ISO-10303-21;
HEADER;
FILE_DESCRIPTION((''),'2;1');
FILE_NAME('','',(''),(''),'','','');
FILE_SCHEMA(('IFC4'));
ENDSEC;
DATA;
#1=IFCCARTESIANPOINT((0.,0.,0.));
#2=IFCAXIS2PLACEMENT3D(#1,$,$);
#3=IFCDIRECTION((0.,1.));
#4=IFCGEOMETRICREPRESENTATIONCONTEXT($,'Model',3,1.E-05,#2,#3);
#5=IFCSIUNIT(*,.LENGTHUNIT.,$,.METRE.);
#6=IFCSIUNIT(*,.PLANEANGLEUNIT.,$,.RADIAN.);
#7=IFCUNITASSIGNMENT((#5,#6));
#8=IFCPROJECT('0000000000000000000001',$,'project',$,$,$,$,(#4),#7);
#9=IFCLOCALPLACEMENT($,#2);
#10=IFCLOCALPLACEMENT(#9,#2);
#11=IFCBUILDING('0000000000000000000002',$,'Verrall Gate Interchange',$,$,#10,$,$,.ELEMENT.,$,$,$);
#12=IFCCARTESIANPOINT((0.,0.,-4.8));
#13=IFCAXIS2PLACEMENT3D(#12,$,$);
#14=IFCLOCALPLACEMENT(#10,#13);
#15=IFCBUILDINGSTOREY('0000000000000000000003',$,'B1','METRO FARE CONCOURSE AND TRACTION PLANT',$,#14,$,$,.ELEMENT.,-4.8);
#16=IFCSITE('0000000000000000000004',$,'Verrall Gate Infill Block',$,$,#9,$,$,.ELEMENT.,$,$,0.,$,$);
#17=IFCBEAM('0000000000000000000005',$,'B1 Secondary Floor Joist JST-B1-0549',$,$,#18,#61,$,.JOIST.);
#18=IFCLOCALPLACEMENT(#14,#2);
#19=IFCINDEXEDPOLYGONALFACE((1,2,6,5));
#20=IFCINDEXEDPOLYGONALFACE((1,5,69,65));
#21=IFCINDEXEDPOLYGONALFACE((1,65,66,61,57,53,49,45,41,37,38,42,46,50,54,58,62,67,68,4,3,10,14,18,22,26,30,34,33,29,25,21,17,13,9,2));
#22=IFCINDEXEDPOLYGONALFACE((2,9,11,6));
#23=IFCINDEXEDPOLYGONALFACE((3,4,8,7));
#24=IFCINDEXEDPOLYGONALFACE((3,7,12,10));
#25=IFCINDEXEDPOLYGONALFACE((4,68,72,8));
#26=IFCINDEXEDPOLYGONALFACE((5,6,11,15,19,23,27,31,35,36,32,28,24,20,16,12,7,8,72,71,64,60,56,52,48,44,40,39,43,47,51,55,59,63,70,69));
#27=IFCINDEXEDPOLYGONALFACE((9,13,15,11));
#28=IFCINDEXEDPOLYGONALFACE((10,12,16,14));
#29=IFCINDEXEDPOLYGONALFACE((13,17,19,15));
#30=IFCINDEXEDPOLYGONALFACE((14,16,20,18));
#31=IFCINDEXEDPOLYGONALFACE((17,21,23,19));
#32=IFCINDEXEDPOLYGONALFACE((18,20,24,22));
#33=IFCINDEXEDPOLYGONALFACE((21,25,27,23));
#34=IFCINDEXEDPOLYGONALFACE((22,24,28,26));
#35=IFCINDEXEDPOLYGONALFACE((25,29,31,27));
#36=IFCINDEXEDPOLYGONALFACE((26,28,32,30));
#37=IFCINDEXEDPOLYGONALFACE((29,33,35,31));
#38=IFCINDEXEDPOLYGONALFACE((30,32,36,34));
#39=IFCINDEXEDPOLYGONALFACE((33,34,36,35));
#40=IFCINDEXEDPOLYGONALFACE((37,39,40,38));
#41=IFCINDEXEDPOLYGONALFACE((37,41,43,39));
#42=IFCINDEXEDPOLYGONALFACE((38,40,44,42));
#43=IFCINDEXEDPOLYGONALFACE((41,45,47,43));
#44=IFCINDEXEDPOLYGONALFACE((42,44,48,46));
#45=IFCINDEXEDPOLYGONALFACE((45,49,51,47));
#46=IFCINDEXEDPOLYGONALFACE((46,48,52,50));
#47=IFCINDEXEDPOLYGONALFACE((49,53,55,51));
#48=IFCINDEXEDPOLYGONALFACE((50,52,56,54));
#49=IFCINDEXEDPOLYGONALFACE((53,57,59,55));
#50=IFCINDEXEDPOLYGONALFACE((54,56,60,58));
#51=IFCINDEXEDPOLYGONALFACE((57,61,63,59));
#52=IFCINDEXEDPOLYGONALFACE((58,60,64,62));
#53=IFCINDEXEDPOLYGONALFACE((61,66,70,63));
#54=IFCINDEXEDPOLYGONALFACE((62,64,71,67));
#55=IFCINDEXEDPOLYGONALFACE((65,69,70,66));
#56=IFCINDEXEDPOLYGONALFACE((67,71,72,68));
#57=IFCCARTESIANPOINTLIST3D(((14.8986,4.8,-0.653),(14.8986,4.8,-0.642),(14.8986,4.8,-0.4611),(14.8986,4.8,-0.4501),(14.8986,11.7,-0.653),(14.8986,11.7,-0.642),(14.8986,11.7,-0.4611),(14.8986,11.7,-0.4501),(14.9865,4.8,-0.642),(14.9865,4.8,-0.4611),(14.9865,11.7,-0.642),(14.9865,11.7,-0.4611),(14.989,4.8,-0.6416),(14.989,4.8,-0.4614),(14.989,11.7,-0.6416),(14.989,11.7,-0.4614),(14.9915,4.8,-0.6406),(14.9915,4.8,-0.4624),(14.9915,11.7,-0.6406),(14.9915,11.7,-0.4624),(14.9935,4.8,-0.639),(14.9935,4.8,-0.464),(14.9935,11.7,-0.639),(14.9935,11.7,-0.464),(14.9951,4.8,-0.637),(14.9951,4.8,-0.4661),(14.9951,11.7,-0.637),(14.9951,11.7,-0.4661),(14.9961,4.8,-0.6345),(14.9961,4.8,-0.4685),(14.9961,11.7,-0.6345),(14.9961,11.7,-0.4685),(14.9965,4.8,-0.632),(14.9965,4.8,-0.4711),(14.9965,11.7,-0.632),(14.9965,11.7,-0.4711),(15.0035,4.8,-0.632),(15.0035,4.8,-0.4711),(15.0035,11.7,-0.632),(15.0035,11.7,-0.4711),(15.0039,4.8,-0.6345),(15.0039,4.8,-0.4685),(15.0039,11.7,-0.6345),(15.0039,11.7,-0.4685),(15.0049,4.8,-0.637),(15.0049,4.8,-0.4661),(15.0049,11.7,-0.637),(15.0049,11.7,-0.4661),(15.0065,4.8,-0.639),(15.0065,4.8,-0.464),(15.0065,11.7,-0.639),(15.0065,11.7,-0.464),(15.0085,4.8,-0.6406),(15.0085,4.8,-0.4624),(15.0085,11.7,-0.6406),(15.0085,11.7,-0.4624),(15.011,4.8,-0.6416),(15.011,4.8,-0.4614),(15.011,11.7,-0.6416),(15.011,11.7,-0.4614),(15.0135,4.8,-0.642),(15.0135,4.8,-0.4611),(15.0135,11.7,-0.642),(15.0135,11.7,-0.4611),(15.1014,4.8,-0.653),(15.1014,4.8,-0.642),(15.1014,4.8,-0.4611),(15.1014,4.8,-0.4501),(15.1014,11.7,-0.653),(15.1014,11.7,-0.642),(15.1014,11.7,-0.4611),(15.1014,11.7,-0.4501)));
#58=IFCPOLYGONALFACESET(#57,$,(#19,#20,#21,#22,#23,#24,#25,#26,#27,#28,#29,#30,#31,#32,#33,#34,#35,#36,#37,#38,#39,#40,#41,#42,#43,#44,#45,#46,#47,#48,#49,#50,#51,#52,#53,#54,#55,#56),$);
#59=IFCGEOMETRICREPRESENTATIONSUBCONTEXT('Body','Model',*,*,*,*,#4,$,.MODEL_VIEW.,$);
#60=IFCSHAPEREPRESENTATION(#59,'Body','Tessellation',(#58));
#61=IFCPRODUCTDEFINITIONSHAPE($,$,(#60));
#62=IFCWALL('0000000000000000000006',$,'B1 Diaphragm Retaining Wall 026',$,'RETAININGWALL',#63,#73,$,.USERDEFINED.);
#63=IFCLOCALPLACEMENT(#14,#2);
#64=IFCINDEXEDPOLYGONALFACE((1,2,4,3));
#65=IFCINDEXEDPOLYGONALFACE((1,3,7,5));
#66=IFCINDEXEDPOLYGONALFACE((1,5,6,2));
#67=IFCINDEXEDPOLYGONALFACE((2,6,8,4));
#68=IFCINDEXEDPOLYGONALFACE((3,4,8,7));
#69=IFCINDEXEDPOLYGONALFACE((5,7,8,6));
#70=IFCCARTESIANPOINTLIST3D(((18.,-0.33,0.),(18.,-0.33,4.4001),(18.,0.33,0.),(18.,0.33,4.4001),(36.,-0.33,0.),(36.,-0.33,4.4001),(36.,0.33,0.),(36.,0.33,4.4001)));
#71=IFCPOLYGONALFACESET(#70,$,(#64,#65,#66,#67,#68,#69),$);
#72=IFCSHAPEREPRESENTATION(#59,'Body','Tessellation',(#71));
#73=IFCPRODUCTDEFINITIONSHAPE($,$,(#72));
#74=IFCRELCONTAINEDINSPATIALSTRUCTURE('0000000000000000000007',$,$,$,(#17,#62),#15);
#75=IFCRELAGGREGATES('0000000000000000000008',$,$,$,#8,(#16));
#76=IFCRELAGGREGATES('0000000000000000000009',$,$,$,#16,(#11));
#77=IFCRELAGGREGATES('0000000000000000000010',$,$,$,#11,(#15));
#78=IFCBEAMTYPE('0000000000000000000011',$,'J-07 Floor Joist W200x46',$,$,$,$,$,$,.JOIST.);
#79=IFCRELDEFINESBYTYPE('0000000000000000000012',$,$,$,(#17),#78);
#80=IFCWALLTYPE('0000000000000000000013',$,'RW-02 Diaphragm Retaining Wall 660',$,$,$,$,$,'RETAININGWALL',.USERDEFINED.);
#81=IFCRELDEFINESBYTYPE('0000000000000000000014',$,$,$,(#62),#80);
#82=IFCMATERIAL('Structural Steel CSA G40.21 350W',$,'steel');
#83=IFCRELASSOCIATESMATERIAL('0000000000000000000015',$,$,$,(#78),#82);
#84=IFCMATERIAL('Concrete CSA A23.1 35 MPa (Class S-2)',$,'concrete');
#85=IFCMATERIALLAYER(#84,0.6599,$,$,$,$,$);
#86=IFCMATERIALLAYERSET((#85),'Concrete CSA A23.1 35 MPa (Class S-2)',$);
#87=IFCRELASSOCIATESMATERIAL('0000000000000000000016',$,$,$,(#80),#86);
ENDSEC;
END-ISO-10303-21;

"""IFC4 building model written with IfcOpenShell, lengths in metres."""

from ifc_helpers import new_model, si_unit, direction, frame, frame_2d, origin, origin_2d, place, context, subcontext, project, spatial, rectangle, i_section, extrude, material, layer, layer_set, material_profile, profile_set, type_object, element, save


model = new_model("IFC4")

# Units and contexts
model_context = context("Model", 3, precision=1e-05, world=origin(), true_north=direction((0.0, 1.0)))
body_context = subcontext(model_context, "Body", "Model", "MODEL_VIEW")
ifc_project = project(units=[si_unit("LENGTHUNIT", "METRE"), si_unit("PLANEANGLEUNIT", "RADIAN")], contexts=[model_context])

# Site, building, storey
site_placement = place(None, origin())
site = spatial("IfcSite", under=ifc_project, at=site_placement, Name="Verrall Gate Infill Block", CompositionType="ELEMENT", RefElevation=0.0)
building_placement = place(site_placement, origin())
building = spatial("IfcBuilding", under=site, at=building_placement, Name="Verrall Gate Interchange", CompositionType="ELEMENT")
storey_placement = place(building_placement, frame((0.0, 0.0, -4.8)))
storey = spatial("IfcBuildingStorey", under=building, at=storey_placement, Name="B1", Description="METRO FARE CONCOURSE AND TRACTION PLANT", CompositionType="ELEMENT", Elevation=-4.8)

# Beam
ifc_material_1 = material(Name="Structural Steel CSA G40.21 350W", Category="steel")
ifc_material_profile_1 = material_profile(ifc_material_1, i_section(OverallWidth=0.2029, OverallDepth=0.2029, WebThickness=0.0071, FlangeThickness=0.011, FilletRadius=0.01, at=origin_2d()), Name="W200x46")
ifc_profile_set_1 = profile_set([ifc_material_profile_1], Name="Structural Steel CSA G40.21 350W")
beam_type_1 = type_object("IfcBeamType", Name="J-07 Floor Joist W200x46", PredefinedType="JOIST", material=ifc_profile_set_1)
beam_1_placement = place(storey_placement, frame((15.0, 4.8, -0.5515), z_axis=(0.0, 1.0, 0.0), x_axis=(-1.0, 0.0, 0.0)))
element("IfcBeam", 1, at=beam_1_placement, inside=storey, type_object=beam_type_1, Name="B1 Secondary Floor Joist JST-B1-0549", PredefinedType="JOIST", context=body_context, shape_type="SweptSolid", body=[
    extrude(i_section(OverallWidth=0.2029, OverallDepth=0.2029, WebThickness=0.0071, FlangeThickness=0.011, FilletRadius=0.01, at=origin_2d()), origin(), (0.0, 0.0, 1.0), 6.8999),
])

# Wall
ifc_material_2 = material(Name="Concrete CSA A23.1 35 MPa (Class S-2)", Category="concrete")
ifc_layer = layer(ifc_material_2, 0.6599)
ifc_layer_set = layer_set([ifc_layer], Name="Concrete CSA A23.1 35 MPa (Class S-2)")
wall_type = type_object("IfcWallType", Name="RW-02 Diaphragm Retaining Wall 660", ElementType="RETAININGWALL", PredefinedType="USERDEFINED", material=ifc_layer_set)
wall_placement = place(storey_placement, frame((18.0, 0.0, 0.0), z_axis=(0.0, 0.0, 1.0), x_axis=(1.0, 0.0, 0.0)))
element("IfcWall", 2, at=wall_placement, inside=storey, type_object=wall_type, Name="B1 Diaphragm Retaining Wall 026", ObjectType="RETAININGWALL", PredefinedType="USERDEFINED", context=body_context, shape_type="SweptSolid", body=[
    extrude(rectangle(XDim=18.0, YDim=0.6599, at=frame_2d((9.0, 0.0))), origin(), (0.0, 0.0, 1.0), 4.4001),
])

save(model, "model.ifc")
